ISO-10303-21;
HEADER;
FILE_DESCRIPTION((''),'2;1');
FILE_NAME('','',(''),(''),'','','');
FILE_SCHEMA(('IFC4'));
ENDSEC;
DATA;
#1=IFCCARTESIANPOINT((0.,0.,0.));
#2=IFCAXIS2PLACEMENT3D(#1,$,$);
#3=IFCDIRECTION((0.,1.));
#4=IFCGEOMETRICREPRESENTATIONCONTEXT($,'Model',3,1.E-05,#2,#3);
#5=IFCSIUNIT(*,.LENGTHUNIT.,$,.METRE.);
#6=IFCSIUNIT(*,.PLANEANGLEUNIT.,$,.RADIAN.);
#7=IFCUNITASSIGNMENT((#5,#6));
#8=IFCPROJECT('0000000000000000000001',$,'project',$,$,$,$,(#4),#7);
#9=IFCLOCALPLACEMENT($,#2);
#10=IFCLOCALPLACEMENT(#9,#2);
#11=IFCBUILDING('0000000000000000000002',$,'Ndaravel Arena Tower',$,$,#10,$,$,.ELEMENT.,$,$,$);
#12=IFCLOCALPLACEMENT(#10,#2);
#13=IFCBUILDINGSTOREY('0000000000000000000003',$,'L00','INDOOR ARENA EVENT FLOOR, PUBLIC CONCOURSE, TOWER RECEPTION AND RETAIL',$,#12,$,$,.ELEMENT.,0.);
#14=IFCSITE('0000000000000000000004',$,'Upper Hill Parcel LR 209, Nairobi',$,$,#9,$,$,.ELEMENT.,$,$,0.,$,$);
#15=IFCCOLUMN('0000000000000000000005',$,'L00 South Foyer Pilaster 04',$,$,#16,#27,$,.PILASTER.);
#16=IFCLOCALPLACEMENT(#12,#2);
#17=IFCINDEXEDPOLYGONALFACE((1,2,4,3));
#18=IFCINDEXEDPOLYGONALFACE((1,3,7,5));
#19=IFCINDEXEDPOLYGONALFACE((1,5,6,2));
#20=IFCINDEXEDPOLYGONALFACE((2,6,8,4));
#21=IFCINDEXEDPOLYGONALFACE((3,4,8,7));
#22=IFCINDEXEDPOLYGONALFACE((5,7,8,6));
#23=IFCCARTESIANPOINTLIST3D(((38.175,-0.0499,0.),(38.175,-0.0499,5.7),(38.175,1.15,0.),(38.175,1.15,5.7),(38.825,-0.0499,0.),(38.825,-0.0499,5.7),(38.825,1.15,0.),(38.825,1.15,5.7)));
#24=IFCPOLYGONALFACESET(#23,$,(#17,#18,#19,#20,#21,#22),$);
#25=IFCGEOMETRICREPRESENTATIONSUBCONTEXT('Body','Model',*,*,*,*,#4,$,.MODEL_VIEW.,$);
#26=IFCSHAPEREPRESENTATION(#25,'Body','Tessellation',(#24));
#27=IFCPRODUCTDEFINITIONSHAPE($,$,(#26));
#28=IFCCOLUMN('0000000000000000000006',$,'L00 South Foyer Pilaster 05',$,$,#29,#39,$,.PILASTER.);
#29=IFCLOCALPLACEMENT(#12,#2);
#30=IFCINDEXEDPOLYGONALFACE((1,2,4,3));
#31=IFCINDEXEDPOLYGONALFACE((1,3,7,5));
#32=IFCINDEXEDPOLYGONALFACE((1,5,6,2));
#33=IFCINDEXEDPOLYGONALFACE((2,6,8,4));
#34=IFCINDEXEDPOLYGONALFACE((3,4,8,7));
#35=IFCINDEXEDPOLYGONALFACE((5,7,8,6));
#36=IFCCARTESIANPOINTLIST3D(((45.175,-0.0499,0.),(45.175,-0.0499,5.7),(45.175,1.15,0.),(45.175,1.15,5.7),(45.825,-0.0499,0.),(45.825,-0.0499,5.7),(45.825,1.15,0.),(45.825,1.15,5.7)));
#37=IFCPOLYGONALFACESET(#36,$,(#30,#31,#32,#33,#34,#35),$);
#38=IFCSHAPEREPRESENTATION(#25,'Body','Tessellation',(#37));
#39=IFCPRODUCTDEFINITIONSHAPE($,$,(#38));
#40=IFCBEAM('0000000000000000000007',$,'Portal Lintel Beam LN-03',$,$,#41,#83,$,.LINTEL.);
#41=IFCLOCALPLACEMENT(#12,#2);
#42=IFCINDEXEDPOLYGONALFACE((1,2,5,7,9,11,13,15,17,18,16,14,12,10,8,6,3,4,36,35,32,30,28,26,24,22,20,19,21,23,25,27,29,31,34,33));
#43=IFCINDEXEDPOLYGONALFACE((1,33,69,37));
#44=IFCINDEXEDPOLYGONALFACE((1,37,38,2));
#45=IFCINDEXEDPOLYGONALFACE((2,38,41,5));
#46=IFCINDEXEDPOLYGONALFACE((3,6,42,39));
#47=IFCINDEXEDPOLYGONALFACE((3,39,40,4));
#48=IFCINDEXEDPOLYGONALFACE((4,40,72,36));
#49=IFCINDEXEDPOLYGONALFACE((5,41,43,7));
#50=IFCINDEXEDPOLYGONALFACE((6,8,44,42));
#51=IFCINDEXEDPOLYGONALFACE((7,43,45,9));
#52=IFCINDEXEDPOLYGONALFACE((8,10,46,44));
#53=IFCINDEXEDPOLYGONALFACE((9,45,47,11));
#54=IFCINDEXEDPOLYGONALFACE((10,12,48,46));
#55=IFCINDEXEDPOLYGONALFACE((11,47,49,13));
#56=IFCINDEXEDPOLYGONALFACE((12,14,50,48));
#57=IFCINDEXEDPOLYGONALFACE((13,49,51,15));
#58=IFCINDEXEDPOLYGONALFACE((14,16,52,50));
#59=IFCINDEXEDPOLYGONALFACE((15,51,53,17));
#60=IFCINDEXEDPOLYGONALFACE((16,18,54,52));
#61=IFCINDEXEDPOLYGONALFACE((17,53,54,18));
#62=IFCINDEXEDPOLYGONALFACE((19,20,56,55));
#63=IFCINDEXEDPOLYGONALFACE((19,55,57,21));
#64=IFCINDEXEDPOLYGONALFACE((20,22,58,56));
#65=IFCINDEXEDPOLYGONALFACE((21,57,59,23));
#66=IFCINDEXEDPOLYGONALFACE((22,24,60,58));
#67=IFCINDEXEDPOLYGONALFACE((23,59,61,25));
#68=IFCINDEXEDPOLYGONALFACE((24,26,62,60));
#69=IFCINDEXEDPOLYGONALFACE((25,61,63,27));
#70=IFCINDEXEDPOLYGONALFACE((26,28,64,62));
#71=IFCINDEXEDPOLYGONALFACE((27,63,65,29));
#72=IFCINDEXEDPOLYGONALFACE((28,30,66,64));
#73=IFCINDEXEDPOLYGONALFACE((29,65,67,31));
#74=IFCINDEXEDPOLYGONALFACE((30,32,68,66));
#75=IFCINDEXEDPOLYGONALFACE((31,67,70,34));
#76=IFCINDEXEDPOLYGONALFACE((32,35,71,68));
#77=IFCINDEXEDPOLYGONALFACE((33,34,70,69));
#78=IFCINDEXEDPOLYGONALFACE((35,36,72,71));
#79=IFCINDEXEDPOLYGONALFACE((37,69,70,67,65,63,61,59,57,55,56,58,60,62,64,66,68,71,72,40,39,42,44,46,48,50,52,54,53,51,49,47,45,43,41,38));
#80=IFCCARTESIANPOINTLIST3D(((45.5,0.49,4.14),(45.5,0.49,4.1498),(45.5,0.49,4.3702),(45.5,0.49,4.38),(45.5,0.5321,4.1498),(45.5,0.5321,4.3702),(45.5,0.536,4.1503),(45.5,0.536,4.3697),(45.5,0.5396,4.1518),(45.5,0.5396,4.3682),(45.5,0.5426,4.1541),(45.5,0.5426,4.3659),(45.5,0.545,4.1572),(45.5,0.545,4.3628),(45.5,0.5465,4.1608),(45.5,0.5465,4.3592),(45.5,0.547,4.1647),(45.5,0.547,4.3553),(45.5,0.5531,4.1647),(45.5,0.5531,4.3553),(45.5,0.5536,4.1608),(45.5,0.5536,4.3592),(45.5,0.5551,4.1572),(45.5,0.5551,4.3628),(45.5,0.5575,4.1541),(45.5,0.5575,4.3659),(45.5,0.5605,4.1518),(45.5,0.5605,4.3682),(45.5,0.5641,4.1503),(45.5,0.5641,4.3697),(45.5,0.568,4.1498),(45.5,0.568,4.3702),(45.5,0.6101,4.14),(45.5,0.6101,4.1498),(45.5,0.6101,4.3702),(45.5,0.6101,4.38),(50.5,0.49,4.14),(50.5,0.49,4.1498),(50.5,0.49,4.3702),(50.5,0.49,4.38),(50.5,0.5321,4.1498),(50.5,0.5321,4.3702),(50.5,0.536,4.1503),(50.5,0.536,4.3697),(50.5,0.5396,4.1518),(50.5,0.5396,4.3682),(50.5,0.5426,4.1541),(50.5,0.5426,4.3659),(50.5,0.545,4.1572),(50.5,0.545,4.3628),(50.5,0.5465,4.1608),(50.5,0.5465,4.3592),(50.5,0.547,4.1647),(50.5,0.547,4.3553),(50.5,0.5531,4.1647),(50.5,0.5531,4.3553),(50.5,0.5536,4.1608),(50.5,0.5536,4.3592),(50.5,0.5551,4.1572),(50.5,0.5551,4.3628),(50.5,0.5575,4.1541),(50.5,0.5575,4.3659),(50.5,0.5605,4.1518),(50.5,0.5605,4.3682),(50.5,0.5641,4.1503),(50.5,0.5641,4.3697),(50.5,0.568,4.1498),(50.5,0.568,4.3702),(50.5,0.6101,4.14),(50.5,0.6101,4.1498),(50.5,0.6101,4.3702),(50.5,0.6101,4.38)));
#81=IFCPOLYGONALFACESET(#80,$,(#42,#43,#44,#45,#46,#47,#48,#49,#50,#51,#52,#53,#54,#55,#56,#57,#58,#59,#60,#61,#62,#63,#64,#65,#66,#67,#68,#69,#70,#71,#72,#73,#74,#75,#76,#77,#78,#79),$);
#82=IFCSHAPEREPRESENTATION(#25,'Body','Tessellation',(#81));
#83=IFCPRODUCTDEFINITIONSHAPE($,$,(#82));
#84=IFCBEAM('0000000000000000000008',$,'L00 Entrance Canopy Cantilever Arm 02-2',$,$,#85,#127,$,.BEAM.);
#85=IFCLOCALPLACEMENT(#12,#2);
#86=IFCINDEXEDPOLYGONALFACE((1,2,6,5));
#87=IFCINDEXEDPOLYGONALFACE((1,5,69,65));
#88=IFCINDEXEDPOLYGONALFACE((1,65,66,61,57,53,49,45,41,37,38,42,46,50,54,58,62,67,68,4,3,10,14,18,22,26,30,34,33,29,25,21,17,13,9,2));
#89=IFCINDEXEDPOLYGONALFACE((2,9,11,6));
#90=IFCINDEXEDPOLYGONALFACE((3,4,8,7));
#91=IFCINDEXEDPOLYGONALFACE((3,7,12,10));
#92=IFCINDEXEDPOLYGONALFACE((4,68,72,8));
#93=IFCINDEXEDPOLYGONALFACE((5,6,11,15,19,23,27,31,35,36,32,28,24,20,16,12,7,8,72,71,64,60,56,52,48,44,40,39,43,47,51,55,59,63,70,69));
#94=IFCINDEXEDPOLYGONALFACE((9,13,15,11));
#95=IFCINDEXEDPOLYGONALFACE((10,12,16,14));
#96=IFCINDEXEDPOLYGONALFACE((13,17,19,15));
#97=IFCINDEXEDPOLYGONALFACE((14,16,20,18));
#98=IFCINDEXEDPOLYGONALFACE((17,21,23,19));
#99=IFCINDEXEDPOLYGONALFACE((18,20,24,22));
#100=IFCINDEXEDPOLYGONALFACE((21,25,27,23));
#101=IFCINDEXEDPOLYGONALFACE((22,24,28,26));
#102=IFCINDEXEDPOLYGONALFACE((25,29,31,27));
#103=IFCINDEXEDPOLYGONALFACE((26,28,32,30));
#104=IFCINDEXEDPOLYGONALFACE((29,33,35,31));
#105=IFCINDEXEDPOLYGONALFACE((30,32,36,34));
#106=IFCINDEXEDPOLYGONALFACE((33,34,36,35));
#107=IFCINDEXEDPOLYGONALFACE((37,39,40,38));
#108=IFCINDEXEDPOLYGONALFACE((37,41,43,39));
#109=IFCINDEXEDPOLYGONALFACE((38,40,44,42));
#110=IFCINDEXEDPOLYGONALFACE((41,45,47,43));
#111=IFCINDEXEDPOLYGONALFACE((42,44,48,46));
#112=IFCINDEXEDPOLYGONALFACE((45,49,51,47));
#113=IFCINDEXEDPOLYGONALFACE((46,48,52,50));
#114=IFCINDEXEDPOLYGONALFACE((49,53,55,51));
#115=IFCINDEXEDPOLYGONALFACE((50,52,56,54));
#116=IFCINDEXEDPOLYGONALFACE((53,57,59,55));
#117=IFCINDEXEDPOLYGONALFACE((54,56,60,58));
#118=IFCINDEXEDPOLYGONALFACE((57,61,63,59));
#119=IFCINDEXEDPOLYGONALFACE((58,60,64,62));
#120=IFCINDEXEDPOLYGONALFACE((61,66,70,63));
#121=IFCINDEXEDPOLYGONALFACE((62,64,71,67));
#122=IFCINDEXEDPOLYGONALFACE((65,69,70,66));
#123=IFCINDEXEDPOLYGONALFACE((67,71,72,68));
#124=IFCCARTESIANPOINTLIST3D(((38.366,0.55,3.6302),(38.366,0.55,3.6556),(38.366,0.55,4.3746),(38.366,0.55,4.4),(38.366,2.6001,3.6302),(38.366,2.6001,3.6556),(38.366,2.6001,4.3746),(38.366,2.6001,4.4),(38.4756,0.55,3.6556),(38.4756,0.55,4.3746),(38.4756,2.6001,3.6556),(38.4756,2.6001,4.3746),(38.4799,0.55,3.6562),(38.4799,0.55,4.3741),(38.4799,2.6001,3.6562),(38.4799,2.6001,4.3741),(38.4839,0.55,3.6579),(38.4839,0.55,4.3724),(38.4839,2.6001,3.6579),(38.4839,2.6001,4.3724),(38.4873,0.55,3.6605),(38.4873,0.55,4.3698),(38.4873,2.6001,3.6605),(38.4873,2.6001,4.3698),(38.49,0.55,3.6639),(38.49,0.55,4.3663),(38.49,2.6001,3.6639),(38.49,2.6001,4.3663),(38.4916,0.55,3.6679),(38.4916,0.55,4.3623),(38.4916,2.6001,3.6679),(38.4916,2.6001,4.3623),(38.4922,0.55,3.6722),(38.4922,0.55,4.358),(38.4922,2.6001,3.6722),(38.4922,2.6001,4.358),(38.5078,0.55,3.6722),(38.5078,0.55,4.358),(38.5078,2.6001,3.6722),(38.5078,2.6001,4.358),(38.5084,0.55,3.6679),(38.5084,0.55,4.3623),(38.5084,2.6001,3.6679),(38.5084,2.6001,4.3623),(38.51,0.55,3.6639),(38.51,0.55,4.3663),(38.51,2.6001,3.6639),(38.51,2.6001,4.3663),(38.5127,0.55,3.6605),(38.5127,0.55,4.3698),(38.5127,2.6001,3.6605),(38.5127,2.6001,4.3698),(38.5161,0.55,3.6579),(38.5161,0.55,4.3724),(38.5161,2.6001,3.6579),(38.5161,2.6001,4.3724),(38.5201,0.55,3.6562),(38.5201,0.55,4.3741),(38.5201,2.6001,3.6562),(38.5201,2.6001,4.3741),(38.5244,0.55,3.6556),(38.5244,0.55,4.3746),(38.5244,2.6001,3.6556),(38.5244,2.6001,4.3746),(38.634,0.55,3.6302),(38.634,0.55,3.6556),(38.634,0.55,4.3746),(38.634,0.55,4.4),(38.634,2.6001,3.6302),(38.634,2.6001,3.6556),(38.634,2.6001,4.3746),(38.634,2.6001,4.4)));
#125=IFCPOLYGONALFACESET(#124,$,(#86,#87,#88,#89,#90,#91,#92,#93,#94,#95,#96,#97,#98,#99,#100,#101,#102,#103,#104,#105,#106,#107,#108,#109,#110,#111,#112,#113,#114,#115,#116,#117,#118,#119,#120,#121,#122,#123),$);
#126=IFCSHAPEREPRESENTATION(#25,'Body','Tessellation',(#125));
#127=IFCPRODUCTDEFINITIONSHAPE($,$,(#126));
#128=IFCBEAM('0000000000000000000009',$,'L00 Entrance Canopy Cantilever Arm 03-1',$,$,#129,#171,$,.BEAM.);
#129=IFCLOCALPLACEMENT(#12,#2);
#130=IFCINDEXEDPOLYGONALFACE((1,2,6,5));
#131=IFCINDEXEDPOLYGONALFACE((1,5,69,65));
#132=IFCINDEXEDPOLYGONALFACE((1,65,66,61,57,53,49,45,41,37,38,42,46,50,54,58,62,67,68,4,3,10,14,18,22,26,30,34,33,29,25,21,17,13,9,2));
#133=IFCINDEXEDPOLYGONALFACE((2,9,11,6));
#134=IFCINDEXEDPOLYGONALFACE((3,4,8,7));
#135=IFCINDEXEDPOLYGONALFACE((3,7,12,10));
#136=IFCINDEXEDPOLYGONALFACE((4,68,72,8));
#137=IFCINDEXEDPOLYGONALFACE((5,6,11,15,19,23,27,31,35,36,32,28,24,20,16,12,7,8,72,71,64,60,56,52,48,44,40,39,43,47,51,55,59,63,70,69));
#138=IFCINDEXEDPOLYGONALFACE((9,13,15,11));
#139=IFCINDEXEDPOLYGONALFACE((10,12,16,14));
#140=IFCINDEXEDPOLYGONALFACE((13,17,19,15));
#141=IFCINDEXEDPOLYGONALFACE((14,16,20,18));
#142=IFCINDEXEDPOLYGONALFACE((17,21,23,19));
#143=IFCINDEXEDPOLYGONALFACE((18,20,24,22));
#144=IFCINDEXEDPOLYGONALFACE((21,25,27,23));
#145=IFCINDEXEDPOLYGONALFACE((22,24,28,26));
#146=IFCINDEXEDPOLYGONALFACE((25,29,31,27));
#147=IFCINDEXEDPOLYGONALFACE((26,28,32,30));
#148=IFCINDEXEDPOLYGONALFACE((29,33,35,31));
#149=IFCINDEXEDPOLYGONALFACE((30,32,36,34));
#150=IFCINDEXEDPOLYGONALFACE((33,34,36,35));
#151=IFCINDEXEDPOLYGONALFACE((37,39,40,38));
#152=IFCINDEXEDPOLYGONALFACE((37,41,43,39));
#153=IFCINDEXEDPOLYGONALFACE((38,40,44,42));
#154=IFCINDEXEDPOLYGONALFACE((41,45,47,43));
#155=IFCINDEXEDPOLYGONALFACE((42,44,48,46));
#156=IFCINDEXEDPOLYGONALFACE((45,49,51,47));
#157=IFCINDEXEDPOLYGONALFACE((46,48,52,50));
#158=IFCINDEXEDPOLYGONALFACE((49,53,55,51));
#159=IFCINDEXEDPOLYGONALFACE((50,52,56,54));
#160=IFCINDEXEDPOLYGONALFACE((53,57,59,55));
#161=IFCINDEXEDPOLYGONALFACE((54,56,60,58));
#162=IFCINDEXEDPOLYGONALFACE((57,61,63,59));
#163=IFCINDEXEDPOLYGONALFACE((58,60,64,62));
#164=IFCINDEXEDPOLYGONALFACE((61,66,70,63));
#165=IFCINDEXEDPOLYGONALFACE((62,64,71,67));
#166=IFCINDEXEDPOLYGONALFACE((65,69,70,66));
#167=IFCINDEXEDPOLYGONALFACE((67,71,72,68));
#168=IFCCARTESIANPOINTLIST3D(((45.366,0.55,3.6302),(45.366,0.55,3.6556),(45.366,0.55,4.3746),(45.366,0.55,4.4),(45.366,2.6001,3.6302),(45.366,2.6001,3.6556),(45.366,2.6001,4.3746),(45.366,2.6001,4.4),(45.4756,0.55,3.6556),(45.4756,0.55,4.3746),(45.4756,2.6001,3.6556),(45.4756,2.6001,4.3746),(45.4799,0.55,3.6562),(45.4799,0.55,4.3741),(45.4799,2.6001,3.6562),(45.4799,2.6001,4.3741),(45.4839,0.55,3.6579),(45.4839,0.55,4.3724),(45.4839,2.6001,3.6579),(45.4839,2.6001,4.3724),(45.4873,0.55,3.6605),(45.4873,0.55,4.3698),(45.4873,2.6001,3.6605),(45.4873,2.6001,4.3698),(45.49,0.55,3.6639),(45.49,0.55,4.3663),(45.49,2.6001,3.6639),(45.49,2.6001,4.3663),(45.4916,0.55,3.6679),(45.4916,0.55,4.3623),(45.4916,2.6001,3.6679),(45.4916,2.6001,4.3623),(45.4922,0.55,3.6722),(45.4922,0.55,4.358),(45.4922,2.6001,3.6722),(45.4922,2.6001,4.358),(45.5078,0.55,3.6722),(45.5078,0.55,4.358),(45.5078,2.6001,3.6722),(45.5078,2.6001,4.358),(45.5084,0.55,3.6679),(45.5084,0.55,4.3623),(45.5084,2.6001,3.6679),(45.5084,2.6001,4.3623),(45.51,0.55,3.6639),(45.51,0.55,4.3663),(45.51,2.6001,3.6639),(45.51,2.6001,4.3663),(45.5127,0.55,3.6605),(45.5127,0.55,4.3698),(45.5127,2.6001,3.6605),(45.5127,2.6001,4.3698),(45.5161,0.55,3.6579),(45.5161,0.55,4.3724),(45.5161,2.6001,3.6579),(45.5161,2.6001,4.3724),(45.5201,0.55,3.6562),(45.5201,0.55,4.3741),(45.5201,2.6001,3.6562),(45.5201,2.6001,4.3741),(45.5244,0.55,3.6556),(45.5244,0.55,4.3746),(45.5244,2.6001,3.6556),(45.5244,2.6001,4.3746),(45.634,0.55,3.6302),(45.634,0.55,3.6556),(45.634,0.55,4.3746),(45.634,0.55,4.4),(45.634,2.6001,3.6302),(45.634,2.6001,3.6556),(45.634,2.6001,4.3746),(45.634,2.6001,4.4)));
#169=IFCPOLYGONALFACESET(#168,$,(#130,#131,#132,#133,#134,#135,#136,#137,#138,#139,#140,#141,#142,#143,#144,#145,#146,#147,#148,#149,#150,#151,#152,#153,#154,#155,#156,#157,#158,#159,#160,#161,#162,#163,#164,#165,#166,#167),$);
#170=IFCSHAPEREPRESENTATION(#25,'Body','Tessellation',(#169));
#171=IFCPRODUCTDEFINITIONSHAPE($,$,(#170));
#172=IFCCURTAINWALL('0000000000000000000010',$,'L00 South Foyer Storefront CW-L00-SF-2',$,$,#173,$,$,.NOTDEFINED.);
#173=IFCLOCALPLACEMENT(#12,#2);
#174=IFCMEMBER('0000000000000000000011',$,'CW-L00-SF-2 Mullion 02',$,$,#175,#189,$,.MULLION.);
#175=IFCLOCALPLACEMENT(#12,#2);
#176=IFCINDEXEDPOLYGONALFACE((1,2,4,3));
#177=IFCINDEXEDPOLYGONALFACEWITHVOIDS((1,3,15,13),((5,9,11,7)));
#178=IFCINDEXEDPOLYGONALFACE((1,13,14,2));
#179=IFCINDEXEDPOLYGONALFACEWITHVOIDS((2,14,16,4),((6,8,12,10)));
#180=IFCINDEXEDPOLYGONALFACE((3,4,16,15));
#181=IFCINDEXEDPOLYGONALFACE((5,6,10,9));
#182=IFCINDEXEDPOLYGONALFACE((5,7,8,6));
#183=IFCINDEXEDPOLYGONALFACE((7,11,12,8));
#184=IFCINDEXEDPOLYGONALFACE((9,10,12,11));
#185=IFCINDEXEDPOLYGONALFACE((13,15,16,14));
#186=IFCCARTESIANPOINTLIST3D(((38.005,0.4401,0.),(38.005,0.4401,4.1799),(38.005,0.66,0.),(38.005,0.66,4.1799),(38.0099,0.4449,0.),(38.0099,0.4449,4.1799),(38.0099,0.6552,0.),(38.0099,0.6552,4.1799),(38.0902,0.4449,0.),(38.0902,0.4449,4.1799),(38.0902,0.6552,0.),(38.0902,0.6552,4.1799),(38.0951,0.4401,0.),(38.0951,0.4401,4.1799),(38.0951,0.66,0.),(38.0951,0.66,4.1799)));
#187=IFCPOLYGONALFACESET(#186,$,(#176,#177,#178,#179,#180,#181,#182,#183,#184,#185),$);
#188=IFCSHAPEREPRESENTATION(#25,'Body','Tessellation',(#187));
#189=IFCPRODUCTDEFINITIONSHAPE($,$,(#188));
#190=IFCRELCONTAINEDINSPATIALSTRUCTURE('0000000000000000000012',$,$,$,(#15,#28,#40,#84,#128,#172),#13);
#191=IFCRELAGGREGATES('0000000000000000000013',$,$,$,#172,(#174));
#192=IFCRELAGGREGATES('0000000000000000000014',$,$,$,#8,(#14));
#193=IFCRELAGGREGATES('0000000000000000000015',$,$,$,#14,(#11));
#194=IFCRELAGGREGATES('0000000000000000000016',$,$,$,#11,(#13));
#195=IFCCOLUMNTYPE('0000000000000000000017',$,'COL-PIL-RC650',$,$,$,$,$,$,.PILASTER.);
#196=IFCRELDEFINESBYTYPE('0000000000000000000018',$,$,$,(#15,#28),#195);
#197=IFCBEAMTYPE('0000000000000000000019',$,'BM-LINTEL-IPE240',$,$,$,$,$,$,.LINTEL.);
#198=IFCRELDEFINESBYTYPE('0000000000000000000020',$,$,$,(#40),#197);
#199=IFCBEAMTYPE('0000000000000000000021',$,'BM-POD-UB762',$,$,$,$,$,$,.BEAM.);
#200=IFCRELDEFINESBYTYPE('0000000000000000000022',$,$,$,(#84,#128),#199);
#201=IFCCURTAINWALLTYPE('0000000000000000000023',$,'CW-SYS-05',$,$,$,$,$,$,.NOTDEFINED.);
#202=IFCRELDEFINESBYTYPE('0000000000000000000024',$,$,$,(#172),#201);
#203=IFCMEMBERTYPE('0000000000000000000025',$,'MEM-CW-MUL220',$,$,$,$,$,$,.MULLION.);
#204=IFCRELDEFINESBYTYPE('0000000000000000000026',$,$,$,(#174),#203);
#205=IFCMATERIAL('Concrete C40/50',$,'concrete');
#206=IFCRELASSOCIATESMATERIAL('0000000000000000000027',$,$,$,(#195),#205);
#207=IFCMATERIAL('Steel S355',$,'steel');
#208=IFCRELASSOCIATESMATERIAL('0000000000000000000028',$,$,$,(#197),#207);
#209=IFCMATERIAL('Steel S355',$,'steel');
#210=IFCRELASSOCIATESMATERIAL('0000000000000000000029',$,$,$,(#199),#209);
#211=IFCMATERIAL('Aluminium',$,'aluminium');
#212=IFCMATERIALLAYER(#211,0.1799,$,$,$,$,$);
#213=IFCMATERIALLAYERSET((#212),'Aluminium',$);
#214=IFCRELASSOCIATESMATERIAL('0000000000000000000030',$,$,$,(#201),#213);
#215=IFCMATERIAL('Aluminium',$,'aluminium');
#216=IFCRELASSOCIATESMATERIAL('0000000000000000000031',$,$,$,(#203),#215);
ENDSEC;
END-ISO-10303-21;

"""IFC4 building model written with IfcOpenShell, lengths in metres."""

from ifc_helpers import new_model, si_unit, direction, frame, origin, origin_2d, place, context, subcontext, project, spatial, rectangle, hollow_rectangle, i_section, extrude, material, layer, layer_set, material_profile, profile_set, type_object, element, aggregate, save


model = new_model("IFC4")

# Units and contexts
model_context = context("Model", 3, precision=1e-05, world=origin(), true_north=direction((0.0, 1.0)))
body_context = subcontext(model_context, "Body", "Model", "MODEL_VIEW")
ifc_project = project(units=[si_unit("LENGTHUNIT", "METRE"), si_unit("PLANEANGLEUNIT", "RADIAN")], contexts=[model_context])

# Site, building, storey
site_placement = place(None, origin())
site = spatial("IfcSite", under=ifc_project, at=site_placement, Name="Upper Hill Parcel LR 209, Nairobi", CompositionType="ELEMENT", RefElevation=0.0)
building_placement = place(site_placement, origin())
building = spatial("IfcBuilding", under=site, at=building_placement, Name="Ndaravel Arena Tower", CompositionType="ELEMENT")
storey_placement = place(building_placement, origin())
storey = spatial("IfcBuildingStorey", under=building, at=storey_placement, Name="L00", Description="INDOOR ARENA EVENT FLOOR, PUBLIC CONCOURSE, TOWER RECEPTION AND RETAIL", CompositionType="ELEMENT", Elevation=0.0)

# Columns
ifc_material_1 = material(Name="Concrete C40/50", Category="concrete")
ifc_material_profile_1 = material_profile(ifc_material_1, rectangle(XDim=0.6499, YDim=1.2, at=origin_2d()), Name="RC 650x1200")
ifc_profile_set_1 = profile_set([ifc_material_profile_1], Name="Concrete C40/50")
column_type = type_object("IfcColumnType", Name="COL-PIL-RC650", PredefinedType="PILASTER", material=ifc_profile_set_1)
for number, where, z_axis, x_axis, name in (
    (1, (38.5, 0.55, 0.0), (0.0, 0.0, 1.0), (1.0, 0.0, 0.0), "L00 South Foyer Pilaster 04"),
    (2, (45.5, 0.55, 0.0), (0.0, 0.0, 1.0), (1.0, 0.0, 0.0), "L00 South Foyer Pilaster 05"),
):
    element("IfcColumn", number, at=place(storey_placement, frame(where, z_axis=z_axis, x_axis=x_axis)), inside=storey, type_object=column_type, Name=name, PredefinedType="PILASTER", context=body_context, shape_type="SweptSolid", body=[
        extrude(rectangle(XDim=0.6499, YDim=1.2, at=origin_2d()), origin(), (0.0, 0.0, 1.0), 5.7),
    ])

# Beams
ifc_material_2 = material(Name="Steel S355", Category="steel")
ifc_material_profile_2 = material_profile(ifc_material_2, i_section(OverallWidth=0.1201, OverallDepth=0.24, WebThickness=0.0061, FlangeThickness=0.0098, FilletRadius=0.0149, at=origin_2d()), Name="IPE 240")
ifc_profile_set_2 = profile_set([ifc_material_profile_2], Name="Steel S355")
beam_type_1 = type_object("IfcBeamType", Name="BM-LINTEL-IPE240", PredefinedType="LINTEL", material=ifc_profile_set_2)
beam_placement = place(storey_placement, frame((45.5, 0.55, 4.26), z_axis=(1.0, 0.0, 0.0), x_axis=(0.0, 1.0, 0.0)))
element("IfcBeam", 3, at=beam_placement, inside=storey, type_object=beam_type_1, Name="Portal Lintel Beam LN-03", PredefinedType="LINTEL", context=body_context, shape_type="SweptSolid", body=[
    extrude(i_section(OverallWidth=0.1201, OverallDepth=0.24, WebThickness=0.0061, FlangeThickness=0.0098, FilletRadius=0.0149, at=origin_2d()), origin(), (0.0, 0.0, 1.0), 5.0),
])
ifc_material_3 = material(Name="Steel S355", Category="steel")
ifc_material_profile_3 = material_profile(ifc_material_3, i_section(OverallWidth=0.2681, OverallDepth=0.7698, WebThickness=0.0156, FlangeThickness=0.0254, FilletRadius=0.0166, at=origin_2d()), Name="UB 762x267x197")
ifc_profile_set_3 = profile_set([ifc_material_profile_3], Name="Steel S355")
beam_type_2 = type_object("IfcBeamType", Name="BM-POD-UB762", PredefinedType="BEAM", material=ifc_profile_set_3)
for number, where, z_axis, x_axis, name in (
    (4, (38.5, 0.55, 4.0151), (0.0, 1.0, 0.0), (-1.0, 0.0, 0.0), "L00 Entrance Canopy Cantilever Arm 02-2"),
    (5, (45.5, 0.55, 4.0151), (0.0, 1.0, 0.0), (-1.0, 0.0, 0.0), "L00 Entrance Canopy Cantilever Arm 03-1"),
):
    element("IfcBeam", number, at=place(storey_placement, frame(where, z_axis=z_axis, x_axis=x_axis)), inside=storey, type_object=beam_type_2, Name=name, PredefinedType="BEAM", context=body_context, shape_type="SweptSolid", body=[
        extrude(i_section(OverallWidth=0.2681, OverallDepth=0.7698, WebThickness=0.0156, FlangeThickness=0.0254, FilletRadius=0.0166, at=origin_2d()), origin(), (0.0, 0.0, 1.0), 2.05),
    ])

# Curtain wall, member
ifc_material_4 = material(Name="Aluminium", Category="aluminium")
ifc_layer_1 = layer(ifc_material_4, 0.1799)
ifc_layer_set_1 = layer_set([ifc_layer_1], Name="Aluminium")
curtain_wall_type = type_object("IfcCurtainWallType", Name="CW-SYS-05", PredefinedType="NOTDEFINED", material=ifc_layer_set_1)
curtain_wall_1_placement = place(storey_placement, origin())
curtain_wall_1 = element("IfcCurtainWall", 6, at=curtain_wall_1_placement, inside=storey, type_object=curtain_wall_type, Name="L00 South Foyer Storefront CW-L00-SF-2", PredefinedType="NOTDEFINED")
ifc_material_5 = material(Name="Aluminium", Category="aluminium")
ifc_material_profile_4 = material_profile(ifc_material_5, hollow_rectangle(XDim=0.0901, YDim=0.22, WallThickness=0.0049, at=origin_2d()), Name="CW MULLION 90x220x5")
ifc_profile_set_4 = profile_set([ifc_material_profile_4], Name="Aluminium")
member_type_1 = type_object("IfcMemberType", Name="MEM-CW-MUL220", PredefinedType="MULLION", material=ifc_profile_set_4)
member_1_placement = place(storey_placement, frame((38.05, 0.55, 0.0), z_axis=(0.0, 0.0, 1.0), x_axis=(1.0, 0.0, 0.0)))
member_1 = element("IfcMember", 7, at=member_1_placement, type_object=member_type_1, Name="CW-L00-SF-2 Mullion 02", PredefinedType="MULLION", context=body_context, shape_type="SweptSolid", body=[
    extrude(hollow_rectangle(XDim=0.0901, YDim=0.22, WallThickness=0.0049, at=origin_2d()), origin(), (0.0, 0.0, 1.0), 4.1799),
])
aggregate(curtain_wall_1, [member_1])

save(model, "model.ifc")
